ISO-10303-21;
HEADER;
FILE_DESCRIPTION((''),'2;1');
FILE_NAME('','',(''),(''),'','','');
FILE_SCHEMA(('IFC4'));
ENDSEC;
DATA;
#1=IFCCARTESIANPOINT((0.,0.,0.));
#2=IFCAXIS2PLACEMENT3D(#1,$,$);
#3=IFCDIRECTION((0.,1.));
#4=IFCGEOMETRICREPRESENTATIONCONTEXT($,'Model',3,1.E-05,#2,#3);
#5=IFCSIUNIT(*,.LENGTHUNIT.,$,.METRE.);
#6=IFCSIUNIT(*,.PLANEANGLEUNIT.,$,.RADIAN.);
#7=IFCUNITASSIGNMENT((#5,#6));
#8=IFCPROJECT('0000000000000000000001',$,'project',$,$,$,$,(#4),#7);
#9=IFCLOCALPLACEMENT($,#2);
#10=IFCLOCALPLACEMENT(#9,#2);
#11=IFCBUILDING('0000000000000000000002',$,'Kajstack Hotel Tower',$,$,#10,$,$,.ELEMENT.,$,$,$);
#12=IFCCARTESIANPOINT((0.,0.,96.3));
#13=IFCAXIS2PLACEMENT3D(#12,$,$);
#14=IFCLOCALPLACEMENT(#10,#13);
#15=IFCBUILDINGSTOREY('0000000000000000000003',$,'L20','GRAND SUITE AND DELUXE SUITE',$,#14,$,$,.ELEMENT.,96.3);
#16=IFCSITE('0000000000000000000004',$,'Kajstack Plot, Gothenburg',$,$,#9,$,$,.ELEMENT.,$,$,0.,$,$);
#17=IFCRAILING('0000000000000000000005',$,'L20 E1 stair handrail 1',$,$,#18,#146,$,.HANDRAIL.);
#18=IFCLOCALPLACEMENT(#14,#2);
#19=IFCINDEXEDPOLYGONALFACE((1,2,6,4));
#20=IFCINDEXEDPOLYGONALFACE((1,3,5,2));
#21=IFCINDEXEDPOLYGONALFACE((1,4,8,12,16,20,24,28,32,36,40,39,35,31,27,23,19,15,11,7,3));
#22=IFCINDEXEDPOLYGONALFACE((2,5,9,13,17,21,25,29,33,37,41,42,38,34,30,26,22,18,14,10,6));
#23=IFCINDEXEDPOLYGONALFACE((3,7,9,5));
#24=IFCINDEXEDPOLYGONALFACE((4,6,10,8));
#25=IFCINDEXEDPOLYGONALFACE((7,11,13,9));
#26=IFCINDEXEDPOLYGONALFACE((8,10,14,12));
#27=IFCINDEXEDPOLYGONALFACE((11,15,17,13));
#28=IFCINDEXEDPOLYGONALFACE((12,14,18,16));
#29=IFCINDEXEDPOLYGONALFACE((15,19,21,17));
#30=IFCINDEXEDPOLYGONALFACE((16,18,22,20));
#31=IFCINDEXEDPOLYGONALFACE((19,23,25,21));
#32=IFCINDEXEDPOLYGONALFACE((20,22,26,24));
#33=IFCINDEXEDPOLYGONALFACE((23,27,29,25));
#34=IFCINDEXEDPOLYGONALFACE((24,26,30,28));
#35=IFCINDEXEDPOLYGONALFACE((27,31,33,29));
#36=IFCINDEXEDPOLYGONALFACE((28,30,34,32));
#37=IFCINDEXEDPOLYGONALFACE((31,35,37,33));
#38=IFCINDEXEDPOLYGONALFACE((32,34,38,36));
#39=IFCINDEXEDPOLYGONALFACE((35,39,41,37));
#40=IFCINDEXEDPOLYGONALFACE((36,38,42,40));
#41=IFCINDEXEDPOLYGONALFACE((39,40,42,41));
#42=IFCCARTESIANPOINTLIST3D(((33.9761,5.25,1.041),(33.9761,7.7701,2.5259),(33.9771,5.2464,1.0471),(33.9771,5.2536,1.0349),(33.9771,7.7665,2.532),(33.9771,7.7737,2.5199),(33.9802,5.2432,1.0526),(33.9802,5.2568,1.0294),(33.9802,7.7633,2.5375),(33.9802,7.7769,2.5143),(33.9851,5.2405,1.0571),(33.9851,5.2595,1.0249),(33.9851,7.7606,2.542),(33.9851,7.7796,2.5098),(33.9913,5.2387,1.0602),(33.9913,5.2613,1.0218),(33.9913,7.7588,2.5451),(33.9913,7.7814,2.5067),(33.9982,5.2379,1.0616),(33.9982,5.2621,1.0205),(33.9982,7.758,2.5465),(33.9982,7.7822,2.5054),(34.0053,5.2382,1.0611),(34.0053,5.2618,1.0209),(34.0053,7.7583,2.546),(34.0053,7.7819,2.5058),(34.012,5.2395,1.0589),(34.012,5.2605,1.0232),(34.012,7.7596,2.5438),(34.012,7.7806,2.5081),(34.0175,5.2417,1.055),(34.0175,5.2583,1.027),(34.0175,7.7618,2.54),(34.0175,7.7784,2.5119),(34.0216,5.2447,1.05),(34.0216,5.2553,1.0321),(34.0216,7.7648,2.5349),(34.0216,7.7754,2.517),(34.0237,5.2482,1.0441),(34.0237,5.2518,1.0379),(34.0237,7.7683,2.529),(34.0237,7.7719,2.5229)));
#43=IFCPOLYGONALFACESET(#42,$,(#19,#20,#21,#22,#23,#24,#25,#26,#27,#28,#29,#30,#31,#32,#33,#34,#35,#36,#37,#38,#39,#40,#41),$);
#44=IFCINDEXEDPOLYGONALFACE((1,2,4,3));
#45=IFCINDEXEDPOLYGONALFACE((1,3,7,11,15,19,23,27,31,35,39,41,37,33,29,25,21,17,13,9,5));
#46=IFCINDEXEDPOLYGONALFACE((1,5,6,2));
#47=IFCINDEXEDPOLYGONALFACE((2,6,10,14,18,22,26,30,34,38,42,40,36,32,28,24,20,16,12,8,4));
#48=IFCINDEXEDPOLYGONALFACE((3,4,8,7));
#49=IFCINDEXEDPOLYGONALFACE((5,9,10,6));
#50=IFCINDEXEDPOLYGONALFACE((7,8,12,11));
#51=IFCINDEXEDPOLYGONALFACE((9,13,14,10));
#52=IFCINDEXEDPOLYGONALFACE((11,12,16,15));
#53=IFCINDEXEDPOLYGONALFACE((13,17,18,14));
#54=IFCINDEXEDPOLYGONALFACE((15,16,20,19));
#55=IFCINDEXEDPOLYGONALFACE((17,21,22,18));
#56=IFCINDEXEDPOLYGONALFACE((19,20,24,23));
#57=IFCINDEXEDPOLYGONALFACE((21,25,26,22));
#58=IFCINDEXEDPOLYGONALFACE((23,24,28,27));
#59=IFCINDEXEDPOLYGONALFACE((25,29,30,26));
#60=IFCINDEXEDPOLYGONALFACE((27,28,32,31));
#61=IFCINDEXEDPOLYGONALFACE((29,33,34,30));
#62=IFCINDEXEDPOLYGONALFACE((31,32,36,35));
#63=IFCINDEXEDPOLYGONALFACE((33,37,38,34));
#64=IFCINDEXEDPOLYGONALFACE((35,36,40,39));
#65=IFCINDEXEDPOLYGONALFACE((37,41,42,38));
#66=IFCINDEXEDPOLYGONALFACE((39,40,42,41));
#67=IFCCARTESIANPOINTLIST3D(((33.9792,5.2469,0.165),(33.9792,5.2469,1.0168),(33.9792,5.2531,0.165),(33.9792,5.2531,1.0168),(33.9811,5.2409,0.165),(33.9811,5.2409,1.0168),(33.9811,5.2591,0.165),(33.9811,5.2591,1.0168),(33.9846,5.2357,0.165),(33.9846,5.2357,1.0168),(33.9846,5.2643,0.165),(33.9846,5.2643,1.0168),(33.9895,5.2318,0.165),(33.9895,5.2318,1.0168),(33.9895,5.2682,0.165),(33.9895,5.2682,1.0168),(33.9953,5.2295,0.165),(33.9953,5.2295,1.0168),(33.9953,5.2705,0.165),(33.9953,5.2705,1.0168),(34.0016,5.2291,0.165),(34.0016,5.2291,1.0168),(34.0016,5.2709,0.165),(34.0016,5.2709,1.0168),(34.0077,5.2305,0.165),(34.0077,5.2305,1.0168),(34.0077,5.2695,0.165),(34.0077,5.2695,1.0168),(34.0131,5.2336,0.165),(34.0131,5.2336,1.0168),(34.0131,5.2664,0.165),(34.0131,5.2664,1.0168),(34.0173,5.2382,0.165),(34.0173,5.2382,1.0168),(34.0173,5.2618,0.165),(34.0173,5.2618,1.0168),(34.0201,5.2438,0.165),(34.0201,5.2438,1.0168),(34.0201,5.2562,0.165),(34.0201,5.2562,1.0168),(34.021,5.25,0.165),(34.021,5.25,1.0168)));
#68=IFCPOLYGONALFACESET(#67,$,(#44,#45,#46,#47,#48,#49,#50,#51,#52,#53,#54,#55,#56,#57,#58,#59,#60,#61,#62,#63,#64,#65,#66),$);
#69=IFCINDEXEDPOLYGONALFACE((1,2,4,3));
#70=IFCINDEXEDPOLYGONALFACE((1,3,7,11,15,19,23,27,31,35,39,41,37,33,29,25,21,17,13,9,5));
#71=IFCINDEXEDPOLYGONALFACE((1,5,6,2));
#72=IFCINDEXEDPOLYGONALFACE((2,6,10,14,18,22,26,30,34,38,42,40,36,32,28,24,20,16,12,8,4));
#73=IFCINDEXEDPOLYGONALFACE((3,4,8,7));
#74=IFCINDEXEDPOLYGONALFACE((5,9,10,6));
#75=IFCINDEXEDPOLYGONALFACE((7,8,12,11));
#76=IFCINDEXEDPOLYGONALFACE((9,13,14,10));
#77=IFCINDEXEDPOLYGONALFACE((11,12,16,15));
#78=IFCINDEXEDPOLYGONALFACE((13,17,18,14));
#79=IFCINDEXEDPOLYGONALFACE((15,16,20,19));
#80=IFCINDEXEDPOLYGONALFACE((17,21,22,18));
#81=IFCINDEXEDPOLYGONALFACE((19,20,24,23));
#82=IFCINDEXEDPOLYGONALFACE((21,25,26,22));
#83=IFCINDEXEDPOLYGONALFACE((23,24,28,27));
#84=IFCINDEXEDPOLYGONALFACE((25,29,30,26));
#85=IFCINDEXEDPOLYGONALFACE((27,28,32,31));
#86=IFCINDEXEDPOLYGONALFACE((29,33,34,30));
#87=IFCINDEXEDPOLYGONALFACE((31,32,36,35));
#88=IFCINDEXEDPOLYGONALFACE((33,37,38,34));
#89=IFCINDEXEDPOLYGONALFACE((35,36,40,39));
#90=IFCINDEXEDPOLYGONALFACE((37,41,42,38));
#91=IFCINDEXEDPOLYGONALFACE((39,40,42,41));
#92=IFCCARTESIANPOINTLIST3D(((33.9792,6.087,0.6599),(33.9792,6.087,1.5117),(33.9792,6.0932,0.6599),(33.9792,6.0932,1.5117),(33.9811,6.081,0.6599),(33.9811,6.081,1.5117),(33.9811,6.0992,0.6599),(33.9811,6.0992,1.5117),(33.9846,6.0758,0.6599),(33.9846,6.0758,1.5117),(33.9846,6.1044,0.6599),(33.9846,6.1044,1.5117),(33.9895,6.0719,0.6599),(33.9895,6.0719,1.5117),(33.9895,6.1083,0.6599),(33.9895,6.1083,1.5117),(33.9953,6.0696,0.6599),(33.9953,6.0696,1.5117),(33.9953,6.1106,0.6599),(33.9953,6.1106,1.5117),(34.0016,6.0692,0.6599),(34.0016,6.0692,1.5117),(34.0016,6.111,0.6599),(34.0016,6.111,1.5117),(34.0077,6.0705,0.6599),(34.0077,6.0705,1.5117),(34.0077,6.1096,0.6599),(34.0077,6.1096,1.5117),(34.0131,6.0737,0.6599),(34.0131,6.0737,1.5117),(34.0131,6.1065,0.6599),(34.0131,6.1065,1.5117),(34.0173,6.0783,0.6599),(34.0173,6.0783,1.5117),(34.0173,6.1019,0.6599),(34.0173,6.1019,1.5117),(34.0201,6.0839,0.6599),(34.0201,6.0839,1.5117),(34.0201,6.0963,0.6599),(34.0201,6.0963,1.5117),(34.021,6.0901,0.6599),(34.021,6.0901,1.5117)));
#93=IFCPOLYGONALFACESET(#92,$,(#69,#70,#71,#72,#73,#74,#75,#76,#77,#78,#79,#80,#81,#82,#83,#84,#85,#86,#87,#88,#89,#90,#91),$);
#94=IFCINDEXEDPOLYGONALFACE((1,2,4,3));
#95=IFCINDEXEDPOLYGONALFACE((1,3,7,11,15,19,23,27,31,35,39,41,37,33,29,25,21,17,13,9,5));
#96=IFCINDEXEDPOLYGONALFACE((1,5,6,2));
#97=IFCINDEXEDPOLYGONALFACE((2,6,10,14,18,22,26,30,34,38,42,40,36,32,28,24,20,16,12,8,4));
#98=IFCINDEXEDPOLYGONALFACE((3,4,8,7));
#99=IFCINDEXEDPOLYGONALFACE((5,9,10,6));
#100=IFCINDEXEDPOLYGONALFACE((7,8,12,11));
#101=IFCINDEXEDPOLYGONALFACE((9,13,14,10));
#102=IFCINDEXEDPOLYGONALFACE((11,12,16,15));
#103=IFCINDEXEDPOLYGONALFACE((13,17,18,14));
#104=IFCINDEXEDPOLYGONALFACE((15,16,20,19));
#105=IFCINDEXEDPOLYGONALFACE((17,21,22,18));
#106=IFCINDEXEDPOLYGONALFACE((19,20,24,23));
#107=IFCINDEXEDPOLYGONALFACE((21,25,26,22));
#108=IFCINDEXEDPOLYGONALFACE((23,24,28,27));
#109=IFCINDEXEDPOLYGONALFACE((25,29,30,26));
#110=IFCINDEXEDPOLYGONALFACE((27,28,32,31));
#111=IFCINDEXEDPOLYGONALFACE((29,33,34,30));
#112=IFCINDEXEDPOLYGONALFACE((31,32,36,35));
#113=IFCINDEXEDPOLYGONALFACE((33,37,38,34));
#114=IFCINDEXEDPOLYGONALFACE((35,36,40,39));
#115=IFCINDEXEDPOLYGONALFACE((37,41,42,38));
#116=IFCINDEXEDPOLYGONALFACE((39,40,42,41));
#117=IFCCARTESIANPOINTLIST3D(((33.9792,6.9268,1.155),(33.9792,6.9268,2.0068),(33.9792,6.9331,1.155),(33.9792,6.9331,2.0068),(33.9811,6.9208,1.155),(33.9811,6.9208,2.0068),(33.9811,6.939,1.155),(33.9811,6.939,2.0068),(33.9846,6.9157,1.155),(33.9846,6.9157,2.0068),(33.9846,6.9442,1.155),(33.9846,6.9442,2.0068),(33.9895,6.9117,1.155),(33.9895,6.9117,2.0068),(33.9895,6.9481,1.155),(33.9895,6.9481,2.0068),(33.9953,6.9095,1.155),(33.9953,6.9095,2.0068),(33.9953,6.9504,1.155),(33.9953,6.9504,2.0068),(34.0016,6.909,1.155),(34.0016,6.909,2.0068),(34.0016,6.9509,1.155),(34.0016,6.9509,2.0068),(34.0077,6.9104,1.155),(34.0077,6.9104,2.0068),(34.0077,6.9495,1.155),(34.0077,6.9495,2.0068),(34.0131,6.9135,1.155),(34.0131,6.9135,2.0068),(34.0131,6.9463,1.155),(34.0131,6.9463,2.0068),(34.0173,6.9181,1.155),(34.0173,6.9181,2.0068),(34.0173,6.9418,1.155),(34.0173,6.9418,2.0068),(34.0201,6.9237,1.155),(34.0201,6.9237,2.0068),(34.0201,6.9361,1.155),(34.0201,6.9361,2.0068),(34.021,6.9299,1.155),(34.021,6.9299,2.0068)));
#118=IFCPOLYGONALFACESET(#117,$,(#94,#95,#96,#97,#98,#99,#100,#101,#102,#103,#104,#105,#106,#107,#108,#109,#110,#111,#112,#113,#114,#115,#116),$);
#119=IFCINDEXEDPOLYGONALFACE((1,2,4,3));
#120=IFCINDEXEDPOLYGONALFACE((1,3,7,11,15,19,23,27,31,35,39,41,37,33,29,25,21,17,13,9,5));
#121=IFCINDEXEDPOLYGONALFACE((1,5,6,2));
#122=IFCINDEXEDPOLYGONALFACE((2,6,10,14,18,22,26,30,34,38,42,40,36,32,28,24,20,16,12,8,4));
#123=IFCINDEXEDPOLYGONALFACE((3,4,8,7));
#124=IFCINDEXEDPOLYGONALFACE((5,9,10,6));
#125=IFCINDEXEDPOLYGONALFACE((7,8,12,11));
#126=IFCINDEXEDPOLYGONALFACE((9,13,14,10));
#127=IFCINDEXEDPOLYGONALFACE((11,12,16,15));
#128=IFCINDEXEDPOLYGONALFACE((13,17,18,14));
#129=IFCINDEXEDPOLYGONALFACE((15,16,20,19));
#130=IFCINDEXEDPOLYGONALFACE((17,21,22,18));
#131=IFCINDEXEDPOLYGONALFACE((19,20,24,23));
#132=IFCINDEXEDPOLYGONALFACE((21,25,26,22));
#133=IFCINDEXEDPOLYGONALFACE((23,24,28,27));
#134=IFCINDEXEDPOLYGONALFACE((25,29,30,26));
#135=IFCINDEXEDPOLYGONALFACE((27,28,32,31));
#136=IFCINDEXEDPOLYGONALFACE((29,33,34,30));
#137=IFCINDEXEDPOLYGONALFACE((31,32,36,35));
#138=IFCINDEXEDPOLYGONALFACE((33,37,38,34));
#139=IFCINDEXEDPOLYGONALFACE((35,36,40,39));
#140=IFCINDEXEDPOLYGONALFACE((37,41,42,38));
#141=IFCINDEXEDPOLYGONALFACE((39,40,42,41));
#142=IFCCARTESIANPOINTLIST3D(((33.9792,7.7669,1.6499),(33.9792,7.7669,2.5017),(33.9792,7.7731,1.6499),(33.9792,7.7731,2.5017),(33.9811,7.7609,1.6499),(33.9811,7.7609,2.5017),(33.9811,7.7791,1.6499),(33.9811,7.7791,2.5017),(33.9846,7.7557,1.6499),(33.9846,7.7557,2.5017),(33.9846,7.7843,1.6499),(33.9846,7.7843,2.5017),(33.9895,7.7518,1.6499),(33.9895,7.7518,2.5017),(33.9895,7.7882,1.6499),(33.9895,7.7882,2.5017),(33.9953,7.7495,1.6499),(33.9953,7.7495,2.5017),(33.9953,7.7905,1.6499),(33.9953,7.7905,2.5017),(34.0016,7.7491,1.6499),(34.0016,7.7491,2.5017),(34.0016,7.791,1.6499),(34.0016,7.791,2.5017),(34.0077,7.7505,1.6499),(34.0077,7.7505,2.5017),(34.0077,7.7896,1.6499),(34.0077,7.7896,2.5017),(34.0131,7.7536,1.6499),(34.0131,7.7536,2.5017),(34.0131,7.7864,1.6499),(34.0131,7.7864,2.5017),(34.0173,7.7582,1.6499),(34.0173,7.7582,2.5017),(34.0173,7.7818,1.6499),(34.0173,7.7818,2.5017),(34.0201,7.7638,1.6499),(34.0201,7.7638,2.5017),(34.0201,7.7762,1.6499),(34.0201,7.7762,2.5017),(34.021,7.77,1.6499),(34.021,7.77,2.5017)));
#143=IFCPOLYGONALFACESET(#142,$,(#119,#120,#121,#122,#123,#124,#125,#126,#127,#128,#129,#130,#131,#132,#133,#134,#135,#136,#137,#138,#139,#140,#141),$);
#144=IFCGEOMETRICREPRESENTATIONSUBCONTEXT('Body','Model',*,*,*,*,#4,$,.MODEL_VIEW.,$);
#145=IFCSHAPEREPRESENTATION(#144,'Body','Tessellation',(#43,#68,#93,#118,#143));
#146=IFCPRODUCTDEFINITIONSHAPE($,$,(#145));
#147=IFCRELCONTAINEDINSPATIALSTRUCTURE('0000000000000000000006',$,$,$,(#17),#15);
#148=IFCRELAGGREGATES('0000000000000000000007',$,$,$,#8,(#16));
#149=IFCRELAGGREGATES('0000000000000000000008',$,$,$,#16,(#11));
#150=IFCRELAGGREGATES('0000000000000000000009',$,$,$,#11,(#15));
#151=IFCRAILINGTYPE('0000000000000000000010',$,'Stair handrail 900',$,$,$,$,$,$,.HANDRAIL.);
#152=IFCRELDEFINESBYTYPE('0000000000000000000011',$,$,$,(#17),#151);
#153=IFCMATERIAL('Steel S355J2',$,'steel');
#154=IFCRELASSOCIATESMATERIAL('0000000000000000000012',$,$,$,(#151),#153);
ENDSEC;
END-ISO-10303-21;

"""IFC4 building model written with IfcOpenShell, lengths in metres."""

from ifc_helpers import new_model, si_unit, direction, frame, origin, origin_2d, place, context, subcontext, project, spatial, circle, extrude, material, type_object, element, save


model = new_model("IFC4")

# Units and contexts
model_context = context("Model", 3, precision=1e-05, world=origin(), true_north=direction((0.0, 1.0)))
body_context = subcontext(model_context, "Body", "Model", "MODEL_VIEW")
ifc_project = project(units=[si_unit("LENGTHUNIT", "METRE"), si_unit("PLANEANGLEUNIT", "RADIAN")], contexts=[model_context])

# Site, building, storey
site_placement = place(None, origin())
site = spatial("IfcSite", under=ifc_project, at=site_placement, Name="Kajstack Plot, Gothenburg", CompositionType="ELEMENT", RefElevation=0.0)
building_placement = place(site_placement, origin())
building = spatial("IfcBuilding", under=site, at=building_placement, Name="Kajstack Hotel Tower", CompositionType="ELEMENT")
storey_placement = place(building_placement, frame((0.0, 0.0, 96.3)))
storey = spatial("IfcBuildingStorey", under=building, at=storey_placement, Name="L20", Description="GRAND SUITE AND DELUXE SUITE", CompositionType="ELEMENT", Elevation=96.3)

# Railing
ifc_material_1 = material(Name="Steel S355J2", Category="steel")
railing_type_1 = type_object("IfcRailingType", Name="Stair handrail 900", PredefinedType="HANDRAIL", material=ifc_material_1)
railing_1_placement = place(storey_placement, frame((34.0, 5.25, 0.165)))
element("IfcRailing", 1, at=railing_1_placement, inside=storey, type_object=railing_type_1, Name="L20 E1 stair handrail 1", PredefinedType="HANDRAIL", context=body_context, shape_type="SweptSolid", body=[
    extrude(circle(Radius=0.0239, at=origin_2d()), frame((0.0, 0.0, 0.876), z_axis=(0.0, 0.861561, 0.507655), x_axis=(-1.0, 0.0, 0.0)), (0.0, 0.0, 1.0), 2.925),
    extrude(circle(Radius=0.021, at=origin_2d()), origin(), (0.0, 0.0, 1.0), 0.8518),
    extrude(circle(Radius=0.021, at=origin_2d()), frame((0.0, 0.8401, 0.4949)), (0.0, 0.0, 1.0), 0.8518),
    extrude(circle(Radius=0.021, at=origin_2d()), frame((0.0, 1.6799, 0.99)), (0.0, 0.0, 1.0), 0.8518),
    extrude(circle(Radius=0.021, at=origin_2d()), frame((0.0, 2.52, 1.4849)), (0.0, 0.0, 1.0), 0.8518),
])

save(model, "model.ifc")
